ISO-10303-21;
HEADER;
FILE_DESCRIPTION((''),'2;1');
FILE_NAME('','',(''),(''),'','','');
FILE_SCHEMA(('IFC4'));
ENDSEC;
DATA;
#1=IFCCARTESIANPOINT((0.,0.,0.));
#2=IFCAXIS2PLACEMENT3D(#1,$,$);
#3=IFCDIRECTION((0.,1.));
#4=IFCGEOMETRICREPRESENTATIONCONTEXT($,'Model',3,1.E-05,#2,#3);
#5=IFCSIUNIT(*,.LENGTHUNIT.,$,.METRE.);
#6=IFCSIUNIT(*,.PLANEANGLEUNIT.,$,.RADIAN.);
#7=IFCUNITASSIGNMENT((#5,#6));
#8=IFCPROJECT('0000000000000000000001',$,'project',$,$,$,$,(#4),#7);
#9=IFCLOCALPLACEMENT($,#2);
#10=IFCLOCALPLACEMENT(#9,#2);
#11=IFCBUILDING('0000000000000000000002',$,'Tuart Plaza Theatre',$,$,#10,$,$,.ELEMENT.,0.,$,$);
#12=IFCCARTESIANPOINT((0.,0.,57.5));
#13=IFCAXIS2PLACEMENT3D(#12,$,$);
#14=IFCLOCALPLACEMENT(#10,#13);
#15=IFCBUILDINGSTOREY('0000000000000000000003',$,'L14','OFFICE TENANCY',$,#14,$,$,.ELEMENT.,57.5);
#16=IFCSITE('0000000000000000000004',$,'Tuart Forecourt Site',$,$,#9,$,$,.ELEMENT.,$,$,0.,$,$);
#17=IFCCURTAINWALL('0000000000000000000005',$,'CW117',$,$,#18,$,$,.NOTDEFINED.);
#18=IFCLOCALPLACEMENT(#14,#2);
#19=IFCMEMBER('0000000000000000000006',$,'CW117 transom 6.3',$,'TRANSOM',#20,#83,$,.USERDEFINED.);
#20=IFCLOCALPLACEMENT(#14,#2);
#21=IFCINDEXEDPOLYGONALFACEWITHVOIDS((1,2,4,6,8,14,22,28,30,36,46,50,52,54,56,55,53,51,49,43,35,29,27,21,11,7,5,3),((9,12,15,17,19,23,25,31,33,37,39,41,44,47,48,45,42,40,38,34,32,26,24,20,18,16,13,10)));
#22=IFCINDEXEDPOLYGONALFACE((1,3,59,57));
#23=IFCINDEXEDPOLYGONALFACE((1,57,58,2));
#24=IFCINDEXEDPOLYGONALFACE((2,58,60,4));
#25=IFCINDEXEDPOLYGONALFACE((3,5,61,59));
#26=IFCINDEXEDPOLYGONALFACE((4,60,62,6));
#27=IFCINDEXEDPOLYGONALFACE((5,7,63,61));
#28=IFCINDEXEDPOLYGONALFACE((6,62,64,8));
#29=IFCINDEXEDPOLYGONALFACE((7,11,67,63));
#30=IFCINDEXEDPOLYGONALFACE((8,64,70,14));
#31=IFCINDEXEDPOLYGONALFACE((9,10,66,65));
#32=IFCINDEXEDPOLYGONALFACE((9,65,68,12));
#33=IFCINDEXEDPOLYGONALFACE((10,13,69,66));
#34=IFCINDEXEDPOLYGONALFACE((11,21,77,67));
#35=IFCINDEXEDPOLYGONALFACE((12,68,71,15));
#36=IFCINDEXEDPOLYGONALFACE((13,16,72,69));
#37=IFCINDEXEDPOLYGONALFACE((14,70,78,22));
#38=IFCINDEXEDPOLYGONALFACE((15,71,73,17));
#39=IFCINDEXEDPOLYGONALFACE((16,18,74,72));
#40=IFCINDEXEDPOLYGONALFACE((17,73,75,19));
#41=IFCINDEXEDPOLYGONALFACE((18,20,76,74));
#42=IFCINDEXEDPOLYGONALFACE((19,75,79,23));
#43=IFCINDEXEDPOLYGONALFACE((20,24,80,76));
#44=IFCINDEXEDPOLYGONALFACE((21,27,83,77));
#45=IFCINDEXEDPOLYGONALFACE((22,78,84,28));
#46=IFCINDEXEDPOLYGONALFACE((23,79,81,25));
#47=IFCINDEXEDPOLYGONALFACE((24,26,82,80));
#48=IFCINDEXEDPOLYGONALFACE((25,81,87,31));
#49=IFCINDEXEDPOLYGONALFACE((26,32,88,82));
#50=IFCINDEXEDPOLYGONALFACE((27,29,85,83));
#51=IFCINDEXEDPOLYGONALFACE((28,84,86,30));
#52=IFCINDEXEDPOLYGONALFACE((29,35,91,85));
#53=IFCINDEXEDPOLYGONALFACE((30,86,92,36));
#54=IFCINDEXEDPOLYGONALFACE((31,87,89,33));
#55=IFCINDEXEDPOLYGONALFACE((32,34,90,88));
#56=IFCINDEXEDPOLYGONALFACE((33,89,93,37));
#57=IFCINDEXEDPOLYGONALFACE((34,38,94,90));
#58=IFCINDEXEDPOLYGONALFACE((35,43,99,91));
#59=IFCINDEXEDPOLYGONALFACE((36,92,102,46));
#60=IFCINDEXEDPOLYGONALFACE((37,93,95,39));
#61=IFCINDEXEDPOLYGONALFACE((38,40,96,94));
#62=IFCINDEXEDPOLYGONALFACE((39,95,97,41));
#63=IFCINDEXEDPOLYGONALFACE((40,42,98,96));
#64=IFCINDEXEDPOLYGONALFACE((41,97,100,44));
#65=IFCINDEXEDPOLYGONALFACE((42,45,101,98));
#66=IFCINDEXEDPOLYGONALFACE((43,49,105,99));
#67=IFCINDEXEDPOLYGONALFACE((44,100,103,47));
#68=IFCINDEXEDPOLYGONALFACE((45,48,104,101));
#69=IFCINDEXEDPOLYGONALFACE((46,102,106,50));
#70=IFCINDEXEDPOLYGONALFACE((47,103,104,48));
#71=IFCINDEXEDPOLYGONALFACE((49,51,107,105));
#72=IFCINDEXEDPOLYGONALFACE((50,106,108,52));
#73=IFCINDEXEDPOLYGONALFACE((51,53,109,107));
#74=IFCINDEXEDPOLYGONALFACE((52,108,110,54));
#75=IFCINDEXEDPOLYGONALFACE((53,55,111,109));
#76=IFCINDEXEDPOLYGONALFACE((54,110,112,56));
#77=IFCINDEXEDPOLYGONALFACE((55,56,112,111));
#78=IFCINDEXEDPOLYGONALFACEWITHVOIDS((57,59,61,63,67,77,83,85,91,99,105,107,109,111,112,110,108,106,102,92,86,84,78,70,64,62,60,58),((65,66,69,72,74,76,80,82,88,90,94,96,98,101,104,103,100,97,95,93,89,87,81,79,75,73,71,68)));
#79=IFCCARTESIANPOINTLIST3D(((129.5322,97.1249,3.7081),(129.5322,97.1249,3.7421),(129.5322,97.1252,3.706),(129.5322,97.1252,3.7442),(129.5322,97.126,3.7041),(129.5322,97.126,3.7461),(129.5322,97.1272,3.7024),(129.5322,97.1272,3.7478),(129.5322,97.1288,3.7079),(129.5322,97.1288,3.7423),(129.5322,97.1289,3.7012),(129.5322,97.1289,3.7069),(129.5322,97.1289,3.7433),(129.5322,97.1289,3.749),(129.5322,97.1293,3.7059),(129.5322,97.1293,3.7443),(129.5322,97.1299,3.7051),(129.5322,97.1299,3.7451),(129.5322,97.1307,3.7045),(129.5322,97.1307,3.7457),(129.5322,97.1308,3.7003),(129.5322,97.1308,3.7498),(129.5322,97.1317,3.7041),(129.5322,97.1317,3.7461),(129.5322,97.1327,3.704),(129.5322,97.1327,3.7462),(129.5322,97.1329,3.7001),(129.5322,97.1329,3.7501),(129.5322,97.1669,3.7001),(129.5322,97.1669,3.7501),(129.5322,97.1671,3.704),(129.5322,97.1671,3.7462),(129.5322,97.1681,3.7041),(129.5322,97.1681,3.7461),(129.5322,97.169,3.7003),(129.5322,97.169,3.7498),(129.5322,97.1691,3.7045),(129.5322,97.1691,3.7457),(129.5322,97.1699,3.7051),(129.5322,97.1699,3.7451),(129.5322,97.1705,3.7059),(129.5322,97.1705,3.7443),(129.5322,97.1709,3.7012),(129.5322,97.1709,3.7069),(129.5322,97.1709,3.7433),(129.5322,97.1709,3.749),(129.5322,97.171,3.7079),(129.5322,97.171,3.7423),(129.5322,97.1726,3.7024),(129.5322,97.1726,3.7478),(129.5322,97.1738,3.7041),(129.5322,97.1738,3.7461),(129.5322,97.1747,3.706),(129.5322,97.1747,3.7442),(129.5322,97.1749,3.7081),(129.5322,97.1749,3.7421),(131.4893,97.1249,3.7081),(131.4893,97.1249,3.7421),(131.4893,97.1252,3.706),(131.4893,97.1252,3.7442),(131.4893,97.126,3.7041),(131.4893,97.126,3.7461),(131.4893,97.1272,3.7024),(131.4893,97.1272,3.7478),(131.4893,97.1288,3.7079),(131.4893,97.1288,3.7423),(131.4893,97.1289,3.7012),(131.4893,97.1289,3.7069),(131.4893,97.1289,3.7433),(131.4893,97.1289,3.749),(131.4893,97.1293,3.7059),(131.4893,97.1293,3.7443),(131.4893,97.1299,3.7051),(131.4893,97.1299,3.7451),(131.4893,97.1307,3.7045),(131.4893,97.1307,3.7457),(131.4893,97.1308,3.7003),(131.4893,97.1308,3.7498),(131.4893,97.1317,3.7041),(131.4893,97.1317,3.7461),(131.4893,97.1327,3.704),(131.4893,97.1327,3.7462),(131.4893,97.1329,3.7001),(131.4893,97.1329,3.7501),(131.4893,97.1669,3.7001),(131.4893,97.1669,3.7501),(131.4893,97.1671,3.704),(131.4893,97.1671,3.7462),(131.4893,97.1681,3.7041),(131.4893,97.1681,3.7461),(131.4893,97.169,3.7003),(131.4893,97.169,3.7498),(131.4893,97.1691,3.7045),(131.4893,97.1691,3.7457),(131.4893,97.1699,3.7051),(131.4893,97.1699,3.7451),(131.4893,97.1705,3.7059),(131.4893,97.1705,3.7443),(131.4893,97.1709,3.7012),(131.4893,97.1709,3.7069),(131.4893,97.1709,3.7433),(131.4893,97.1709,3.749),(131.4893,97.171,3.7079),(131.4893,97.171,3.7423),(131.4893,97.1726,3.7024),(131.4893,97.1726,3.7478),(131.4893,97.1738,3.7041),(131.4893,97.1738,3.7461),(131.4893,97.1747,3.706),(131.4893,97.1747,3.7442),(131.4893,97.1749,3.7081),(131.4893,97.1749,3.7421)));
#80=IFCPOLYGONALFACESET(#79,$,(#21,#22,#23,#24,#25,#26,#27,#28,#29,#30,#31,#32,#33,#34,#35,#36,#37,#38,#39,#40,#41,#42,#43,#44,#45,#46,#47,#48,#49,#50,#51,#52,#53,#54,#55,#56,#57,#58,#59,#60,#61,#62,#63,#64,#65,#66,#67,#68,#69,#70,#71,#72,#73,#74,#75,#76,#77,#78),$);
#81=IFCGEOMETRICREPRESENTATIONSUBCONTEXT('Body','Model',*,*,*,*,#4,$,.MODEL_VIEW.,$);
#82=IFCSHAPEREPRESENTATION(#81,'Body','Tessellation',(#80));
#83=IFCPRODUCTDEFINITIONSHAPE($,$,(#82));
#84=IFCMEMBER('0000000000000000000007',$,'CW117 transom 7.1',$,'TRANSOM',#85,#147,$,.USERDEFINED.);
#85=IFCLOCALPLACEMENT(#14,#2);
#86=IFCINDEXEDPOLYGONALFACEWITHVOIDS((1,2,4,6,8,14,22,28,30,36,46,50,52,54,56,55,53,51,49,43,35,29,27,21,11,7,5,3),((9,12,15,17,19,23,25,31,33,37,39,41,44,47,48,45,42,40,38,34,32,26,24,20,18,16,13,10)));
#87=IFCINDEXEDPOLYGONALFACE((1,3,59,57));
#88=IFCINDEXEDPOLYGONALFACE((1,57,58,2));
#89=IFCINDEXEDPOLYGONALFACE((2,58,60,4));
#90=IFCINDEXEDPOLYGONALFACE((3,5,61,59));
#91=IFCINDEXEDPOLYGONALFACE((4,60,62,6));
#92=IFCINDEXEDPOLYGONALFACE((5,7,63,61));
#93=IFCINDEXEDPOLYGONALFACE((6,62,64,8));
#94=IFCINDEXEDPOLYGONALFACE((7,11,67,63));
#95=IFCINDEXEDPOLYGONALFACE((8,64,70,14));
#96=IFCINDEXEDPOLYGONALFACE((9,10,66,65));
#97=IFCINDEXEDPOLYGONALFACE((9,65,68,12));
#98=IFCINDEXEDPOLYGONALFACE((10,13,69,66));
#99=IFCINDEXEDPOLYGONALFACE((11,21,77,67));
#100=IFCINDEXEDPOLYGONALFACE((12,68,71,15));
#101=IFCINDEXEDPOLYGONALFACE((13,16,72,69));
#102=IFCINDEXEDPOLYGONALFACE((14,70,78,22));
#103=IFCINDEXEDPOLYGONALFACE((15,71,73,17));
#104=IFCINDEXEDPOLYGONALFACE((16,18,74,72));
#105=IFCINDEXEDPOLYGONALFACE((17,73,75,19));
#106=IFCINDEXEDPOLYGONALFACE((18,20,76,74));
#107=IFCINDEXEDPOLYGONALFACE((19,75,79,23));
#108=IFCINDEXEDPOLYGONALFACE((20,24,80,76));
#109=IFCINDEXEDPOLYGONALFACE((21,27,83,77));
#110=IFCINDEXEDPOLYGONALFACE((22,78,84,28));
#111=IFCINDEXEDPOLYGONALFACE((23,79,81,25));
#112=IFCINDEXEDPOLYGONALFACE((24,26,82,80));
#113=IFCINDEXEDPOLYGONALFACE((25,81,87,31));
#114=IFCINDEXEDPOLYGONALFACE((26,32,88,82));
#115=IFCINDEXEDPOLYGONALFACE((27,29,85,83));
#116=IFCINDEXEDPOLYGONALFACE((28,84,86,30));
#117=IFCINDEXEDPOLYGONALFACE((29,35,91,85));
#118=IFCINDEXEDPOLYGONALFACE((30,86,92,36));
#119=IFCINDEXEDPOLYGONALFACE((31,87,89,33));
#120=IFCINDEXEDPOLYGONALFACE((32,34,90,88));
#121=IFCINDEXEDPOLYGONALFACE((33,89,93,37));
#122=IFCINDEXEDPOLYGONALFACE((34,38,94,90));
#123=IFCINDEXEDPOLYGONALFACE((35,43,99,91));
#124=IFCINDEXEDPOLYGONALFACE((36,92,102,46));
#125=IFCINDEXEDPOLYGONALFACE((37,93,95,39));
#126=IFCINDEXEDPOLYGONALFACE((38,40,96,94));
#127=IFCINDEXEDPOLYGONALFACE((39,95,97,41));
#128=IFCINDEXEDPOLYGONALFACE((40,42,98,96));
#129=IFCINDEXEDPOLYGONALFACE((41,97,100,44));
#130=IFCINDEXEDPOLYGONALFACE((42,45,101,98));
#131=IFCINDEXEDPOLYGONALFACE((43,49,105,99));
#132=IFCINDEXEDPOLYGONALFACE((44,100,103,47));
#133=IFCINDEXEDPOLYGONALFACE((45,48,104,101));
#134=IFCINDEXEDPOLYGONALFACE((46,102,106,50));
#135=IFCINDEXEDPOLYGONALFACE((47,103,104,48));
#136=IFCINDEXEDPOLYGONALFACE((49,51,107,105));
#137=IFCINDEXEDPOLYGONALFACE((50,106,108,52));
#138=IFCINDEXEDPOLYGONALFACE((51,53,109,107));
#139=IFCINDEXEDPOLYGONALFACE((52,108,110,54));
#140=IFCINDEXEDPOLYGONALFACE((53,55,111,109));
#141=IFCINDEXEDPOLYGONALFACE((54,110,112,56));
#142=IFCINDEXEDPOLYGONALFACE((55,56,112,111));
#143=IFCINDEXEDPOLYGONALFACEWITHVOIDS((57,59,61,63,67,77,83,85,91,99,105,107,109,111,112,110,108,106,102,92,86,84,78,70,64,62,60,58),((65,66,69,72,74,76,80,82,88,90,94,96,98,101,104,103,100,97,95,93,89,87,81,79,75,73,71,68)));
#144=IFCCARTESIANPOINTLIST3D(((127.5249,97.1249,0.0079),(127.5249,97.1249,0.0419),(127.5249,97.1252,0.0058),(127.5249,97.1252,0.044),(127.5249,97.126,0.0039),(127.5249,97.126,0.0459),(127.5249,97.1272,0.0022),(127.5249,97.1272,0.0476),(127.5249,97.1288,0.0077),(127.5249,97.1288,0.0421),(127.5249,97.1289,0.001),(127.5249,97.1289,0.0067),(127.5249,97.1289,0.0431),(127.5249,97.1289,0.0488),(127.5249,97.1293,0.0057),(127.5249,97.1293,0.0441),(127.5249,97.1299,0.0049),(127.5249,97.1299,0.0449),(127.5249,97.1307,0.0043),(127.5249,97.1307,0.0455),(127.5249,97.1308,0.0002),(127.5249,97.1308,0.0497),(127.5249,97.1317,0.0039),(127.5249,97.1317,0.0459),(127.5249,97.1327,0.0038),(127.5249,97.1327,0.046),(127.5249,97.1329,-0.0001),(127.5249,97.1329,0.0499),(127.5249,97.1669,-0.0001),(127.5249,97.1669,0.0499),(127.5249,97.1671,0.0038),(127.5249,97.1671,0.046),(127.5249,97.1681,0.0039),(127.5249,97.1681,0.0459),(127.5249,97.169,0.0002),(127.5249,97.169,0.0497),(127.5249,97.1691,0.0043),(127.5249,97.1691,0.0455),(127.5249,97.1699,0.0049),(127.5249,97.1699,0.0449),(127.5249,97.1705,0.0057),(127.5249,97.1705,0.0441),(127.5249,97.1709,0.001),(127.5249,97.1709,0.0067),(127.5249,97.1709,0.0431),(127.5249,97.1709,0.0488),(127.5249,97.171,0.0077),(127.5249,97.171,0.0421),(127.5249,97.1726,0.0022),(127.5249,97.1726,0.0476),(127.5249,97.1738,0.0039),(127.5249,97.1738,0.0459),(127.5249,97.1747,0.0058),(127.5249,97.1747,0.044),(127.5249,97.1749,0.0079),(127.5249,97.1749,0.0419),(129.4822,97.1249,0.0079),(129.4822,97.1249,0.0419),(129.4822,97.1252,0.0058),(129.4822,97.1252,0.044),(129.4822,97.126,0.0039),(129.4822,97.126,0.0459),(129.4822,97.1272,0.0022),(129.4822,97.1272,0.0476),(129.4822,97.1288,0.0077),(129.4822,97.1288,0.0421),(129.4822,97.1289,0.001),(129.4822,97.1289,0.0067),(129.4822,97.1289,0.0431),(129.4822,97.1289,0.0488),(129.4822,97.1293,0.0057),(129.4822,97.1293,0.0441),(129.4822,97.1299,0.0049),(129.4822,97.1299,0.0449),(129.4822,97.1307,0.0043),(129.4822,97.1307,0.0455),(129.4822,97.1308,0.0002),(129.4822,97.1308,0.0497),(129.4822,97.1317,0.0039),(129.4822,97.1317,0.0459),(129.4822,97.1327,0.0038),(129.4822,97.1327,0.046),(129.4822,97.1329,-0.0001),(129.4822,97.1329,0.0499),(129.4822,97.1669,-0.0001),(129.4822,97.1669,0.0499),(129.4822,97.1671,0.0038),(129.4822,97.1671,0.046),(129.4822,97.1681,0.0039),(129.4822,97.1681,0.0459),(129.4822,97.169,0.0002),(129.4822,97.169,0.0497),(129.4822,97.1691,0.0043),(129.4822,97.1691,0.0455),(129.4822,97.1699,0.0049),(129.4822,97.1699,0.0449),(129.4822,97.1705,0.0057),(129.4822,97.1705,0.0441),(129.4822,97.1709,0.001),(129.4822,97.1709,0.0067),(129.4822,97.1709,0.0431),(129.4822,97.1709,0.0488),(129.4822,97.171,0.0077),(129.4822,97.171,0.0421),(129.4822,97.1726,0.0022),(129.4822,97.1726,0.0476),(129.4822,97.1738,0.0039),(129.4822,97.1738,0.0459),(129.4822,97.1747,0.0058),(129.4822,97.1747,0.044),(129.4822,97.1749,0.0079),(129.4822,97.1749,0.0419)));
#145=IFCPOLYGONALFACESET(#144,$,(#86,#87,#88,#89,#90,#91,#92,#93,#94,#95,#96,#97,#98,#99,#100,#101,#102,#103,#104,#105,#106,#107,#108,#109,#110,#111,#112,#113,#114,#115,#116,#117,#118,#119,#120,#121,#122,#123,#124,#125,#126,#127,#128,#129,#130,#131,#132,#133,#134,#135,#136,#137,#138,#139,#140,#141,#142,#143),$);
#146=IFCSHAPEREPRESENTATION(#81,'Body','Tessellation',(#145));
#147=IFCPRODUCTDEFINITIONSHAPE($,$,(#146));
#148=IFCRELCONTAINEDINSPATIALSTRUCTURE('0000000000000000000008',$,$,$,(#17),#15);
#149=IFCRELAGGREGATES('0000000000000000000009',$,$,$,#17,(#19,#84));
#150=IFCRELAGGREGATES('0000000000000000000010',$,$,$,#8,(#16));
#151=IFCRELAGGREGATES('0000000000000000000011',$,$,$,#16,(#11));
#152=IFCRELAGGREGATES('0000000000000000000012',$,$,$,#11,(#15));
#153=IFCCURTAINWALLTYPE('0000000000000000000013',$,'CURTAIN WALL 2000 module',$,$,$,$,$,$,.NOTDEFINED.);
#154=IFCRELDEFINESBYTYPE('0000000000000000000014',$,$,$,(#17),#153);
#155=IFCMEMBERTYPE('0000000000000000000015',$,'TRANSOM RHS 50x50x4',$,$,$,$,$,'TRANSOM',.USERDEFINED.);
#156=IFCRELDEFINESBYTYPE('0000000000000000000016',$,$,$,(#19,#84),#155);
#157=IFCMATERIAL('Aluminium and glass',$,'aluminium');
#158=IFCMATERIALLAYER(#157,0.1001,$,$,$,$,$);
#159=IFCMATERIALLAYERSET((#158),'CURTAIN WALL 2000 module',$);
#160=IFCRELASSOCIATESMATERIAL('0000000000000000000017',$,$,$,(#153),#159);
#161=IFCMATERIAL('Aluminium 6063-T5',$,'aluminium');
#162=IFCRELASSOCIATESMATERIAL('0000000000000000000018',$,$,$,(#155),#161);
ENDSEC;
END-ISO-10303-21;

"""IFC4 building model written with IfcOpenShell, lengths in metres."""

from ifc_helpers import new_model, si_unit, direction, frame, origin, origin_2d, place, context, subcontext, project, spatial, hollow_rectangle, extrude, material, layer, layer_set, material_profile, profile_set, type_object, element, aggregate, save


model = new_model("IFC4")

# Units and contexts
model_context = context("Model", 3, precision=1e-05, world=origin(), true_north=direction((0.0, 1.0)))
body_context = subcontext(model_context, "Body", "Model", "MODEL_VIEW")
ifc_project = project(units=[si_unit("LENGTHUNIT", "METRE"), si_unit("PLANEANGLEUNIT", "RADIAN")], contexts=[model_context])

# Site, building, storey
site_placement = place(None, origin())
site = spatial("IfcSite", under=ifc_project, at=site_placement, Name="Tuart Forecourt Site", CompositionType="ELEMENT", RefElevation=0.0)
building_placement = place(site_placement, origin())
building = spatial("IfcBuilding", under=site, at=building_placement, Name="Tuart Plaza Theatre", CompositionType="ELEMENT", ElevationOfRefHeight=0.0)
storey_placement = place(building_placement, frame((0.0, 0.0, 57.5)))
storey = spatial("IfcBuildingStorey", under=building, at=storey_placement, Name="L14", Description="OFFICE TENANCY", CompositionType="ELEMENT", Elevation=57.5)

# Curtain wall, members
ifc_material_1 = material(Name="Aluminium and glass", Category="aluminium")
ifc_layer_1 = layer(ifc_material_1, 0.1001)
ifc_layer_set_1 = layer_set([ifc_layer_1], Name="CURTAIN WALL 2000 module")
curtain_wall_type = type_object("IfcCurtainWallType", Name="CURTAIN WALL 2000 module", PredefinedType="NOTDEFINED", material=ifc_layer_set_1)
curtain_wall_placement = place(storey_placement, origin())
curtain_wall = element("IfcCurtainWall", 1, at=curtain_wall_placement, inside=storey, type_object=curtain_wall_type, Name="CW117", PredefinedType="NOTDEFINED")
ifc_material_2 = material(Name="Aluminium 6063-T5", Category="aluminium")
ifc_material_profile_1 = material_profile(ifc_material_2, hollow_rectangle(XDim=0.05, YDim=0.05, WallThickness=0.0039, InnerFilletRadius=0.0039, OuterFilletRadius=0.0081, at=origin_2d()), Name="RHS 50x50x4")
ifc_profile_set_1 = profile_set([ifc_material_profile_1], Name="Aluminium 6063-T5")
member_type_1 = type_object("IfcMemberType", Name="TRANSOM RHS 50x50x4", ElementType="TRANSOM", PredefinedType="USERDEFINED", material=ifc_profile_set_1)
member_1_placement = place(storey_placement, frame((131.4893, 97.1499, 3.7251), z_axis=(-1.0, 0.0, 0.0), x_axis=(0.0, -1.0, 0.0)))
member_1 = element("IfcMember", 2, at=member_1_placement, type_object=member_type_1, Name="CW117 transom 6.3", ObjectType="TRANSOM", PredefinedType="USERDEFINED", context=body_context, shape_type="SweptSolid", body=[
    extrude(hollow_rectangle(XDim=0.05, YDim=0.05, WallThickness=0.0039, InnerFilletRadius=0.0039, OuterFilletRadius=0.0081, at=origin_2d()), origin(), (0.0, 0.0, 1.0), 1.957),
])
member_2_placement = place(storey_placement, frame((129.4822, 97.1499, 0.0249), z_axis=(-1.0, 0.0, 0.0), x_axis=(0.0, -1.0, 0.0)))
member_2 = element("IfcMember", 3, at=member_2_placement, type_object=member_type_1, Name="CW117 transom 7.1", ObjectType="TRANSOM", PredefinedType="USERDEFINED", context=body_context, shape_type="SweptSolid", body=[
    extrude(hollow_rectangle(XDim=0.05, YDim=0.05, WallThickness=0.0039, InnerFilletRadius=0.0039, OuterFilletRadius=0.0081, at=origin_2d()), origin(), (0.0, 0.0, 1.0), 1.9573),
])
aggregate(curtain_wall, [member_1, member_2])

save(model, "model.ifc")
